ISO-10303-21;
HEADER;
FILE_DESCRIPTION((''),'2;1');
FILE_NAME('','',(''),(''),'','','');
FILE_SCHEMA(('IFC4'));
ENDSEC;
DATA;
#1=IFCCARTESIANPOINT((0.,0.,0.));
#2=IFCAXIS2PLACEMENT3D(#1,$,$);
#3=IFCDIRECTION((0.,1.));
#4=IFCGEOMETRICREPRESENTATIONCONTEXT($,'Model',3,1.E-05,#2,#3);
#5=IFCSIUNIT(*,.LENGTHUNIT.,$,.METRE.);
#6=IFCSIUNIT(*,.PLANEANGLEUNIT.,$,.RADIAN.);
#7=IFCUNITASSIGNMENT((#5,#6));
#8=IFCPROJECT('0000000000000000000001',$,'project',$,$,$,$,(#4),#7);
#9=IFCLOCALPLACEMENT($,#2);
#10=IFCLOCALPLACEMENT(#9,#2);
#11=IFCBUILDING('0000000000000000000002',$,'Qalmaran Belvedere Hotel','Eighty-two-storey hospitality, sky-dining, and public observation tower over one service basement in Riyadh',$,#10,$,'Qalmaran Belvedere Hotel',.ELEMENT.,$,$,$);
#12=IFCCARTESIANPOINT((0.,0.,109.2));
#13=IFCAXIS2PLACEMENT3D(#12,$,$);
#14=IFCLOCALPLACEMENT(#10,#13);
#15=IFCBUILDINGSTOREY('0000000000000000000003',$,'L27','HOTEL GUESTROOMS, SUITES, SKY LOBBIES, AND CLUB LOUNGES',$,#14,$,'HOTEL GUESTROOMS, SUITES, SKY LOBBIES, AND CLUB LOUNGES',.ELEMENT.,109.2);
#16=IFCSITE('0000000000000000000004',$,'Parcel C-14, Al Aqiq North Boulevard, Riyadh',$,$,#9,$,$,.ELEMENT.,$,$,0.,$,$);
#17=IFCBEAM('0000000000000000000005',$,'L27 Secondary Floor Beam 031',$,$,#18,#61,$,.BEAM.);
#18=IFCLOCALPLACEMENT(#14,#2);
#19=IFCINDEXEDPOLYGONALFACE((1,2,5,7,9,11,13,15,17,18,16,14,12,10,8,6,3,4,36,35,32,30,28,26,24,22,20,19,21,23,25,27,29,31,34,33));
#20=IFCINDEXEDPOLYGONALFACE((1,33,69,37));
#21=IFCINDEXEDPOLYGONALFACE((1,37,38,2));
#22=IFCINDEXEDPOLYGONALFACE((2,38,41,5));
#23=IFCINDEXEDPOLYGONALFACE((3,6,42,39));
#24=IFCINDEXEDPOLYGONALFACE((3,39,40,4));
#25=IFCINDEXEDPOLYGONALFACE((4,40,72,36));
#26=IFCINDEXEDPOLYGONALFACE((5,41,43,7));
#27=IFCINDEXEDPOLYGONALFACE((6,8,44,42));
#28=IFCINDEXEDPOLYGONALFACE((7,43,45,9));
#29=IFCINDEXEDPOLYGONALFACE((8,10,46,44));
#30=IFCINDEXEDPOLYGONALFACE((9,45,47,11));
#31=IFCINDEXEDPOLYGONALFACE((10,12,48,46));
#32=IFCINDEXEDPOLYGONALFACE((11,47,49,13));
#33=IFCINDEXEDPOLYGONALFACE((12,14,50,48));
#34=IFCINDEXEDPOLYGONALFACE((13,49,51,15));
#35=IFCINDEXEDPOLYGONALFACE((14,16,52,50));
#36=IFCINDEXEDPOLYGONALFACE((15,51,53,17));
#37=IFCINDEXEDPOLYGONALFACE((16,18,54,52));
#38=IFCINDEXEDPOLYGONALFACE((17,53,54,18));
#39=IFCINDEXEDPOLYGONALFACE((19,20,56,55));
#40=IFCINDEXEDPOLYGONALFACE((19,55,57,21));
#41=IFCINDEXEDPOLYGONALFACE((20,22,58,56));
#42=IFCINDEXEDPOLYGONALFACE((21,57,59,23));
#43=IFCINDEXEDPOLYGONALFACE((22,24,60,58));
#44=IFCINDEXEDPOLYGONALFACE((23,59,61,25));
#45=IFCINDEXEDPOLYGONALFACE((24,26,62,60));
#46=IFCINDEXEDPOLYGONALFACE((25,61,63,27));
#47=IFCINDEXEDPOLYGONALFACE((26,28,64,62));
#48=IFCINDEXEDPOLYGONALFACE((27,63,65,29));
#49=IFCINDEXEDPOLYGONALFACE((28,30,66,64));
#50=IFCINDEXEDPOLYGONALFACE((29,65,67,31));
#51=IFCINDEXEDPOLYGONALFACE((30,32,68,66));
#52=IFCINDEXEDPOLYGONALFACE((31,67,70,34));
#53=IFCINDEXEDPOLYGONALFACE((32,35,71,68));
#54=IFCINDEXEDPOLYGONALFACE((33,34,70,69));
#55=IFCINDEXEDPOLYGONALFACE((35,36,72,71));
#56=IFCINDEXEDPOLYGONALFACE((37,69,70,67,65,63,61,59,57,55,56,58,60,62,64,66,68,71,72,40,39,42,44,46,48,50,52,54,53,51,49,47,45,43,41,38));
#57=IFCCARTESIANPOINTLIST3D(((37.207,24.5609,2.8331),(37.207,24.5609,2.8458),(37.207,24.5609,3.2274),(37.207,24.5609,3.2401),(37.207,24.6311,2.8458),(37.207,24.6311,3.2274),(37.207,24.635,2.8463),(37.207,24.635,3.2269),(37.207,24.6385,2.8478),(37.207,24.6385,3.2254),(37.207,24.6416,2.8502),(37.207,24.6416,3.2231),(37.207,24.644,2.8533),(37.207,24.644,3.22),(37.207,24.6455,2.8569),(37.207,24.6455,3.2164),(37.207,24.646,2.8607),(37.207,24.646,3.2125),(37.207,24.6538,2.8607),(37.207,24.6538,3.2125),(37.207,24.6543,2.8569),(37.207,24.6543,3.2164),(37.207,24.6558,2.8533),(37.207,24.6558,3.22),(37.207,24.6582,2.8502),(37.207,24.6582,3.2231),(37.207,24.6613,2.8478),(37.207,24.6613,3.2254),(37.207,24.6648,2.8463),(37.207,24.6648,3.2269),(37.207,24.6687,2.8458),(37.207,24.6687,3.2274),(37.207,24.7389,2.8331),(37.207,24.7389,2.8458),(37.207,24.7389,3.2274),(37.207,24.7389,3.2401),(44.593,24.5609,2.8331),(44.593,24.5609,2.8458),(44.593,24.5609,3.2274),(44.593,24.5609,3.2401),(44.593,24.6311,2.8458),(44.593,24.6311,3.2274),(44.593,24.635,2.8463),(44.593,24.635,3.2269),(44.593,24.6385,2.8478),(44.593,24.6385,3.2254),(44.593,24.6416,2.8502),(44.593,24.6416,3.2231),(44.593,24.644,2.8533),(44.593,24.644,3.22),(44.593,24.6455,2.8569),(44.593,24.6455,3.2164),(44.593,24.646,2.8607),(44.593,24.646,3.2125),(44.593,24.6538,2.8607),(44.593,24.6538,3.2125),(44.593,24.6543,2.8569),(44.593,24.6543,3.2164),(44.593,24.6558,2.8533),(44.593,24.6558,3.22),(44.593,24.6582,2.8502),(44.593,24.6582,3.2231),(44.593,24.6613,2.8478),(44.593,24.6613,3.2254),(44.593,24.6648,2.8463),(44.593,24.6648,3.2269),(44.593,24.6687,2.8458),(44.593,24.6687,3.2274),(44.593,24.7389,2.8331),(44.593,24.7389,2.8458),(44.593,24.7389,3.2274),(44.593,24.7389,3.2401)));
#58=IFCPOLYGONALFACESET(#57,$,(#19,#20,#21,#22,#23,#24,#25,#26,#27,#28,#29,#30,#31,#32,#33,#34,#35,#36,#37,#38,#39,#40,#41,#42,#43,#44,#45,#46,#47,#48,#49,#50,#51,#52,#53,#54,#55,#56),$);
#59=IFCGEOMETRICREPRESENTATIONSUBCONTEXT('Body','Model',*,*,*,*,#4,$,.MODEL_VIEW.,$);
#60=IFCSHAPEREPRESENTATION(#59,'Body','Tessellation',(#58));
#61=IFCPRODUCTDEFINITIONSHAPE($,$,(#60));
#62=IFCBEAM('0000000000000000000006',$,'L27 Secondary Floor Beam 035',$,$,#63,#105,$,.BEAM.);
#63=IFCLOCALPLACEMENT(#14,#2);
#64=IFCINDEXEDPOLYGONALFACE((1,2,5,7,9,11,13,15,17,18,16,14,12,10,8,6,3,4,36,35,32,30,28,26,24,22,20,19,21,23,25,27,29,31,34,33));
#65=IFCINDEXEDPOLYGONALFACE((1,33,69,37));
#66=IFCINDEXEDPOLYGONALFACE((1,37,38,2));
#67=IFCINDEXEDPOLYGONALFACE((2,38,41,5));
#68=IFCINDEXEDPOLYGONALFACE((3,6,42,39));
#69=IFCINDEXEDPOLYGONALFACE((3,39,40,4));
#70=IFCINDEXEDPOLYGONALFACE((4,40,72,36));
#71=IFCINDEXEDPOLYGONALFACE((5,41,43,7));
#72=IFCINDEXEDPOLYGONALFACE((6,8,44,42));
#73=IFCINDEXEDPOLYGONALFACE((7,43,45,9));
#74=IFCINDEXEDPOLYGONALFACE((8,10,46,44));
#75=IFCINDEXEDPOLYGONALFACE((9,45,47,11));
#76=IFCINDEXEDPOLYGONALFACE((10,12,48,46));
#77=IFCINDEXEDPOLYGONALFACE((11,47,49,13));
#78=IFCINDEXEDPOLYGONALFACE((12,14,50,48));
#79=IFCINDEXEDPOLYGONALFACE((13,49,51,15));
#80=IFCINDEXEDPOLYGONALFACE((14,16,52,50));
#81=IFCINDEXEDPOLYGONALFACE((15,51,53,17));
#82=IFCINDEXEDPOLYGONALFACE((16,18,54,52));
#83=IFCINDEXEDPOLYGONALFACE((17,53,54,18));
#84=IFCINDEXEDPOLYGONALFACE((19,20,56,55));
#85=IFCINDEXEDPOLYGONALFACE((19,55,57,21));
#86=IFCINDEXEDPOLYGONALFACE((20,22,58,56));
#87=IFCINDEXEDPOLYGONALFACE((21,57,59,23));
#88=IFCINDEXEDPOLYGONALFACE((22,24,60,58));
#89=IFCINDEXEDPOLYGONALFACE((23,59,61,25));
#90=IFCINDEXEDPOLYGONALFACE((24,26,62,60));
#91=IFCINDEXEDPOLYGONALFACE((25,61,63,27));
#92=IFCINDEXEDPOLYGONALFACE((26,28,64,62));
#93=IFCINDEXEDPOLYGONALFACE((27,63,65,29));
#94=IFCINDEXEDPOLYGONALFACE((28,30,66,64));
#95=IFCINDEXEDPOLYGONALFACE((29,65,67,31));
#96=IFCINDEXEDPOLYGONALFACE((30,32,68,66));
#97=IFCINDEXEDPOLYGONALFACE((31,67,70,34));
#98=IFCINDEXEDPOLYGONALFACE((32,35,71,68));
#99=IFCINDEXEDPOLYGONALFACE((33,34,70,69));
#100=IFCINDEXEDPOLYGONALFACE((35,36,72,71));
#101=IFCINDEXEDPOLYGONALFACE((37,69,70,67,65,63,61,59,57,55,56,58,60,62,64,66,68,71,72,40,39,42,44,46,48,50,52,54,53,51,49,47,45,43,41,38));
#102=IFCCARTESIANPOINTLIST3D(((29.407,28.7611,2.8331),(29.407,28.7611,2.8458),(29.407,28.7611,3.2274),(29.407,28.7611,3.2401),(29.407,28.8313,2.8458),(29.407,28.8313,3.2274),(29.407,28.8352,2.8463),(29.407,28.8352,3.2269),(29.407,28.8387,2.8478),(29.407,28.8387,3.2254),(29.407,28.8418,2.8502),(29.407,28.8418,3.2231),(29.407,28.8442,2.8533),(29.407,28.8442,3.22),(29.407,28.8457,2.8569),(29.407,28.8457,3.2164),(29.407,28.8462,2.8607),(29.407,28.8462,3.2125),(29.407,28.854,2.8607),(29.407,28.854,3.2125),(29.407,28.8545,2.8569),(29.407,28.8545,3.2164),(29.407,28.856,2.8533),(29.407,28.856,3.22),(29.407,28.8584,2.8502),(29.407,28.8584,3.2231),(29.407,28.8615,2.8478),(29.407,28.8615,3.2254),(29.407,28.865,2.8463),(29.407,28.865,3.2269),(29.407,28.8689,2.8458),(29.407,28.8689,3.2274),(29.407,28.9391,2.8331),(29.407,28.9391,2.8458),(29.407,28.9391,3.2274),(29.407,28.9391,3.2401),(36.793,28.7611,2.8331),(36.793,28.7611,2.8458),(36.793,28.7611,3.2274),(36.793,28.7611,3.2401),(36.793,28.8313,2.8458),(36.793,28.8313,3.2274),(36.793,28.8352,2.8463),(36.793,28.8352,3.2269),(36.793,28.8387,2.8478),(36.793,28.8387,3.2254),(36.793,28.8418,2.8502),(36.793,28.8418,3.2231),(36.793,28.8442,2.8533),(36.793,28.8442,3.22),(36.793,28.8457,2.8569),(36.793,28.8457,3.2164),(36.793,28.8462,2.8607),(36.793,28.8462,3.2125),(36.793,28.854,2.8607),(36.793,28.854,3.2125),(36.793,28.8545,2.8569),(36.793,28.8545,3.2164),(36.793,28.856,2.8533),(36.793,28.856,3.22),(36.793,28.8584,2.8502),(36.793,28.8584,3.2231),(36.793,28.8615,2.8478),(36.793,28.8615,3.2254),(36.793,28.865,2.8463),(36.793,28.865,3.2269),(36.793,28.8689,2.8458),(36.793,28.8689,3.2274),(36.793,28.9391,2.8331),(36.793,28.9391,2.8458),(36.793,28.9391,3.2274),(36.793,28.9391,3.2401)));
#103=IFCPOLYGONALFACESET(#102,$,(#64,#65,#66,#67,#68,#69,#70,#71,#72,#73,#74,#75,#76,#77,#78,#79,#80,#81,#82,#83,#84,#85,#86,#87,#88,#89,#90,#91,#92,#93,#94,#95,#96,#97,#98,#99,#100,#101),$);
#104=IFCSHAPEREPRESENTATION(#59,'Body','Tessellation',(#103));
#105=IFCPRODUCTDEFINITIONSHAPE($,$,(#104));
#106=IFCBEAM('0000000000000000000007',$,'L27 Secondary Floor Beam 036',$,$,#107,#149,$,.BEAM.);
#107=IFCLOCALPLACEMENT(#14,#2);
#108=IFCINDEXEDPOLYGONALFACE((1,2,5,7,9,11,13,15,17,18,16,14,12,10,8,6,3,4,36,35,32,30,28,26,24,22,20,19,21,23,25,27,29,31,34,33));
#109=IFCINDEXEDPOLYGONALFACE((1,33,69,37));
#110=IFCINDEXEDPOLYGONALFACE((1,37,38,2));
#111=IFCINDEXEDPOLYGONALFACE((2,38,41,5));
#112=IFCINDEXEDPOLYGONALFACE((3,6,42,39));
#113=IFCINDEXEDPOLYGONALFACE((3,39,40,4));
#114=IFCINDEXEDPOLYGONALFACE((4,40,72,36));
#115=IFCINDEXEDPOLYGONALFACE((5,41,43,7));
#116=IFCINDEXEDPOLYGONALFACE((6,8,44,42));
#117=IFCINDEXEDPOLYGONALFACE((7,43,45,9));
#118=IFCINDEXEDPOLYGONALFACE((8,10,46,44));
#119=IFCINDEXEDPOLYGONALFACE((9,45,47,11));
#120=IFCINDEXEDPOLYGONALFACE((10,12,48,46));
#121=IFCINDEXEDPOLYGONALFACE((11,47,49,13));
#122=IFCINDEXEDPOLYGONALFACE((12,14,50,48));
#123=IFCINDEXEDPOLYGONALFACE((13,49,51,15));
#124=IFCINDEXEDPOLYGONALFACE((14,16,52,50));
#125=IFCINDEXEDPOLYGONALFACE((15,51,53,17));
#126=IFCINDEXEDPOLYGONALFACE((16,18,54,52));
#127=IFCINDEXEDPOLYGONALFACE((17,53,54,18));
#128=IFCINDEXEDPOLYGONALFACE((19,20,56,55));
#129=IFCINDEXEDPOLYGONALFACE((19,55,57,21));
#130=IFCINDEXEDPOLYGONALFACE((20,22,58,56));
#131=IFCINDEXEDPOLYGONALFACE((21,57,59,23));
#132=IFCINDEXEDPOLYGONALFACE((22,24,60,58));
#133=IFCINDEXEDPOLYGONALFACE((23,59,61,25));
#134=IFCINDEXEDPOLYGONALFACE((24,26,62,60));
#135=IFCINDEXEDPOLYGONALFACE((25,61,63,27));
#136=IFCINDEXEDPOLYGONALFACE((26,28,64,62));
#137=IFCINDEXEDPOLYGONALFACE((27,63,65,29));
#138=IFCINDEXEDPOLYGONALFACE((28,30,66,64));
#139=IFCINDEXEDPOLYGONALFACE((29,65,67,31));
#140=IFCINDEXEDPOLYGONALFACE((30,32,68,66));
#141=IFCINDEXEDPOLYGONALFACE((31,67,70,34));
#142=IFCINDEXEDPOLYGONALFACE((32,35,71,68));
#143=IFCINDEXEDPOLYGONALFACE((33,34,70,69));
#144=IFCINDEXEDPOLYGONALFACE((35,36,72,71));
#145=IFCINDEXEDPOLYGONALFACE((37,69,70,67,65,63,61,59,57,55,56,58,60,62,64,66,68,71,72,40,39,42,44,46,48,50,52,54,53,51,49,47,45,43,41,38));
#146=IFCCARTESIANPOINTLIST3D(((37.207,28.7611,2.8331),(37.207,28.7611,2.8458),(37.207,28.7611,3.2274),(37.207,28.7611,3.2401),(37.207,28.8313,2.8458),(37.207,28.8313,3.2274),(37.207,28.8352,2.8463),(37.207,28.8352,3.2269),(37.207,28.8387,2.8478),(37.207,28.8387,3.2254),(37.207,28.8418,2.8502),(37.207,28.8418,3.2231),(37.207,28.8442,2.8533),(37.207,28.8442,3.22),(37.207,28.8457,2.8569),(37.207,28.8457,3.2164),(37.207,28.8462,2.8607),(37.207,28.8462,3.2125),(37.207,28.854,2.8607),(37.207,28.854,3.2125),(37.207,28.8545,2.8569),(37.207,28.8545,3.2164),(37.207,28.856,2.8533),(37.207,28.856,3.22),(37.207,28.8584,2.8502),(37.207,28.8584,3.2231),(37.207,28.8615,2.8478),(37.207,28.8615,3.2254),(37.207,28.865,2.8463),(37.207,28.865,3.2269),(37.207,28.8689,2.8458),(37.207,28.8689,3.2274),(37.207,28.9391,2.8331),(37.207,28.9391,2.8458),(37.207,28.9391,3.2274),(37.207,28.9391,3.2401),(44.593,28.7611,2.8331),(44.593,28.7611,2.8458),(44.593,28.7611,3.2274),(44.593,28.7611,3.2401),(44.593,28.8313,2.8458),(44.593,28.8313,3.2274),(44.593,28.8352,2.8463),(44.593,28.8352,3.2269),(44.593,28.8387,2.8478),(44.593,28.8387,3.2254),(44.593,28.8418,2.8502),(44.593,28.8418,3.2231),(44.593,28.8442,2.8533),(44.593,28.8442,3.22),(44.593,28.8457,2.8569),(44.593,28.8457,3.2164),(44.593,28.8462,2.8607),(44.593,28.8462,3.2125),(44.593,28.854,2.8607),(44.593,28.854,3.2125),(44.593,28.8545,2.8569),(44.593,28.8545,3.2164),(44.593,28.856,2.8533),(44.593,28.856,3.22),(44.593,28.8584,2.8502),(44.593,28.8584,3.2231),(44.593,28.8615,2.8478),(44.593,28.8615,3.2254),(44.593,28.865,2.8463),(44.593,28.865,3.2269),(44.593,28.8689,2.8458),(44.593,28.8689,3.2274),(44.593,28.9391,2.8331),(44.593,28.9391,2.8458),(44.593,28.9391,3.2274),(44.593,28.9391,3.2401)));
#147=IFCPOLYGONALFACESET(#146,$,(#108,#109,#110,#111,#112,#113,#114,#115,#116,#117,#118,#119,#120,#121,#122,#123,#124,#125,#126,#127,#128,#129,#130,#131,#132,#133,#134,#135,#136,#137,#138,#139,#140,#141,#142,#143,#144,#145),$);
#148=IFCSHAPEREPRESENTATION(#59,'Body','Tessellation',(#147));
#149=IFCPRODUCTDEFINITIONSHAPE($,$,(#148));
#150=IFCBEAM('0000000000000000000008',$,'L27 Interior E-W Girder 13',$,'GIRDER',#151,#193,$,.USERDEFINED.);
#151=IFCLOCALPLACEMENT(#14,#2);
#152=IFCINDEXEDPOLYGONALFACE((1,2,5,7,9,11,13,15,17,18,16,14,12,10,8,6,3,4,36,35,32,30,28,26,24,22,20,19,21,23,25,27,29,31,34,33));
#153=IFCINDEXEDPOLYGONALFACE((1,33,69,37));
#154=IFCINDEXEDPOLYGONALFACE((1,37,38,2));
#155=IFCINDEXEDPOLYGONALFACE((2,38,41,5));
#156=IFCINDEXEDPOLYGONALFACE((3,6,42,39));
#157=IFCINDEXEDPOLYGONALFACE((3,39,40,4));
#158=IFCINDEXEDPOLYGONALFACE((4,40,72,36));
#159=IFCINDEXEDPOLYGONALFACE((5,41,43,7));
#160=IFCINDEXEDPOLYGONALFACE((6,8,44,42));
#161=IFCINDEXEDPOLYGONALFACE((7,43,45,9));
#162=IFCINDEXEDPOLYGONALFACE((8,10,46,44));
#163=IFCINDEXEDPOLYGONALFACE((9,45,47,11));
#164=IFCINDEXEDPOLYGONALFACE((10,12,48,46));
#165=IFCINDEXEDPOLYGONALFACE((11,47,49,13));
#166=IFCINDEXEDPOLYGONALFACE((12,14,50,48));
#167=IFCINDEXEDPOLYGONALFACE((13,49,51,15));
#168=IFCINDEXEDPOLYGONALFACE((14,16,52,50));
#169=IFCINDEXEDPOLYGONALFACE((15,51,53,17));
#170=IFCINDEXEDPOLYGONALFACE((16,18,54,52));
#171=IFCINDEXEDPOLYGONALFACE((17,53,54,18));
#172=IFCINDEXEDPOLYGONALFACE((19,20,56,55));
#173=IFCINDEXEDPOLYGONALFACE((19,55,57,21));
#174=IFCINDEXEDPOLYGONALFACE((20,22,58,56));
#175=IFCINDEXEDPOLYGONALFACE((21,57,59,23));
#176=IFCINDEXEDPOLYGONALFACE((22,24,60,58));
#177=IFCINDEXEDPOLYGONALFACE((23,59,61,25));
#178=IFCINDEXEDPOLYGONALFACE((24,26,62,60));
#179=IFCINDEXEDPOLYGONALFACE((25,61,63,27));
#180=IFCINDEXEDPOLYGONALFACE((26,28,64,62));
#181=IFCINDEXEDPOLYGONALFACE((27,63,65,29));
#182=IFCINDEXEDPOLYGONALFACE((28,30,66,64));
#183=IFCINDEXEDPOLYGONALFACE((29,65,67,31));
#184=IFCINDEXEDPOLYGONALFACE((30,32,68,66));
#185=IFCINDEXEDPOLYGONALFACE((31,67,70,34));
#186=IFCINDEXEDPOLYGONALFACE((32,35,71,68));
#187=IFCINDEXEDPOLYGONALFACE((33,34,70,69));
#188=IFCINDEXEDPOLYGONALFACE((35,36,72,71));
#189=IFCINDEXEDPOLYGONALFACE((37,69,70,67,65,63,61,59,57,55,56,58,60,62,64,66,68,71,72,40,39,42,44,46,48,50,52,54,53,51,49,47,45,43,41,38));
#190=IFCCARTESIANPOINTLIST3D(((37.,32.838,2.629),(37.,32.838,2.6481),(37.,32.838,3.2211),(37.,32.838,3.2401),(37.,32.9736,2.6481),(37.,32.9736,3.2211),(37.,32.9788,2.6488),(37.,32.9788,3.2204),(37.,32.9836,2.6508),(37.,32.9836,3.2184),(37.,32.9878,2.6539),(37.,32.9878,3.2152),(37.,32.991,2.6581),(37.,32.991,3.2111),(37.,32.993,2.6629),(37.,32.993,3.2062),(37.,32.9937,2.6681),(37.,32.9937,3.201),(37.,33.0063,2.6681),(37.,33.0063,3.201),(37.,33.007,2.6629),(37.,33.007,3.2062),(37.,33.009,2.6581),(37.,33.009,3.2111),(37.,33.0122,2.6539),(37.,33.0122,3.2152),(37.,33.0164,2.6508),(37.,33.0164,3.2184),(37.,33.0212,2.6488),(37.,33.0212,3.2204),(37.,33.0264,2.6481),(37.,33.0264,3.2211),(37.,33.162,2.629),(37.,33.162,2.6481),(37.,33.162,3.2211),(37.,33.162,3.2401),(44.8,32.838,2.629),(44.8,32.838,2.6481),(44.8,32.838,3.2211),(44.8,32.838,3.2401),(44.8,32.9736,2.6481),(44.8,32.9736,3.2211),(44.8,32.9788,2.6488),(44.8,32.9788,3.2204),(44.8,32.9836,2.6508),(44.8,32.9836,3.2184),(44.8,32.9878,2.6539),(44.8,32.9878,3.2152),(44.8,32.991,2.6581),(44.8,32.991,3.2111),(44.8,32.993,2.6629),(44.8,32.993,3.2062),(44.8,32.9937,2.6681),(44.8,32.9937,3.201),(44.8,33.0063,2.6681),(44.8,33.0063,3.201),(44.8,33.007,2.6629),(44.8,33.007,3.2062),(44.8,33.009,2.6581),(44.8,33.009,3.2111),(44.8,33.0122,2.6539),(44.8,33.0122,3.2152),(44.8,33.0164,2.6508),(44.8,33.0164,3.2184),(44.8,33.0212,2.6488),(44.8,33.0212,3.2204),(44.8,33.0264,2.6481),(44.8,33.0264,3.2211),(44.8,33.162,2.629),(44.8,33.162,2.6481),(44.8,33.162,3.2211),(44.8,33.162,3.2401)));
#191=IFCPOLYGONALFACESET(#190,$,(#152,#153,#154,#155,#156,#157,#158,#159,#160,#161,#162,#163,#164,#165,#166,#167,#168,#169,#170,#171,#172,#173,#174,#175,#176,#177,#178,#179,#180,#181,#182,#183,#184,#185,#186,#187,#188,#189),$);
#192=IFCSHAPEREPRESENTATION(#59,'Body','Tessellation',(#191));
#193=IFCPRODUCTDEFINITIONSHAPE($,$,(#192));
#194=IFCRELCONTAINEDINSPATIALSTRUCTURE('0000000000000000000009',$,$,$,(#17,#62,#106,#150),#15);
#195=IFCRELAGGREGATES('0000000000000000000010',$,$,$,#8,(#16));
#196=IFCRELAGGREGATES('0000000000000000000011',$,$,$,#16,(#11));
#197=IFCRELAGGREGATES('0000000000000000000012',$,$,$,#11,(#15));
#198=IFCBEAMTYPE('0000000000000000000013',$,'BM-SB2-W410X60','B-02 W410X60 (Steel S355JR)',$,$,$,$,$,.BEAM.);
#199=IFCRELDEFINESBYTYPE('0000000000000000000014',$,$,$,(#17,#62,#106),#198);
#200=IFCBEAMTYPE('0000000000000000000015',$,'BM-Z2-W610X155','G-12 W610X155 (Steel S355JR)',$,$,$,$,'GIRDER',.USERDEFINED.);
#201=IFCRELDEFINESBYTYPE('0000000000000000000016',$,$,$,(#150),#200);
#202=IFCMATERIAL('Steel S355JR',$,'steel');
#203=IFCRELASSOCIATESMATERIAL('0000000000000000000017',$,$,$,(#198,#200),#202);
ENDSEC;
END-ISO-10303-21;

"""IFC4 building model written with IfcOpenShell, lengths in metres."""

from ifc_helpers import new_model, si_unit, direction, frame, origin, origin_2d, place, context, subcontext, project, spatial, i_section, extrude, material, material_profile, profile_set, type_object, element, save


model = new_model("IFC4")

# Units and contexts
model_context = context("Model", 3, precision=1e-05, world=origin(), true_north=direction((0.0, 1.0)))
body_context = subcontext(model_context, "Body", "Model", "MODEL_VIEW")
ifc_project = project(units=[si_unit("LENGTHUNIT", "METRE"), si_unit("PLANEANGLEUNIT", "RADIAN")], contexts=[model_context])

# Site, building, storey
site_placement = place(None, origin())
site = spatial("IfcSite", under=ifc_project, at=site_placement, Name="Parcel C-14, Al Aqiq North Boulevard, Riyadh", CompositionType="ELEMENT", RefElevation=0.0)
building_placement = place(site_placement, origin())
building = spatial("IfcBuilding", under=site, at=building_placement, Name="Qalmaran Belvedere Hotel", Description="Eighty-two-storey hospitality, sky-dining, and public observation tower over one service basement in Riyadh", LongName="Qalmaran Belvedere Hotel", CompositionType="ELEMENT")
storey_placement = place(building_placement, frame((0.0, 0.0, 109.2)))
storey = spatial("IfcBuildingStorey", under=building, at=storey_placement, Name="L27", Description="HOTEL GUESTROOMS, SUITES, SKY LOBBIES, AND CLUB LOUNGES", LongName="HOTEL GUESTROOMS, SUITES, SKY LOBBIES, AND CLUB LOUNGES", CompositionType="ELEMENT", Elevation=109.2)

# Beams
ifc_material_1 = material(Name="Steel S355JR", Category="steel")
ifc_material_profile_1 = material_profile(ifc_material_1, i_section(OverallWidth=0.178, OverallDepth=0.407, WebThickness=0.0078, FlangeThickness=0.0127, FilletRadius=0.0149, at=origin_2d()), Name="W410X60")
ifc_profile_set_1 = profile_set([ifc_material_profile_1], Name="Steel S355JR")
beam_type_1 = type_object("IfcBeamType", Name="BM-SB2-W410X60", Description="B-02 W410X60 (Steel S355JR)", PredefinedType="BEAM", material=ifc_profile_set_1)
for number, where, z_axis, x_axis, name in (
    (1, (37.207, 24.6499, 3.0366), (1.0, 0.0, 0.0), (0.0, 1.0, 0.0), "L27 Secondary Floor Beam 031"),
    (2, (29.407, 28.8501, 3.0366), (1.0, 0.0, 0.0), (0.0, 1.0, 0.0), "L27 Secondary Floor Beam 035"),
    (3, (37.207, 28.8501, 3.0366), (1.0, 0.0, 0.0), (0.0, 1.0, 0.0), "L27 Secondary Floor Beam 036"),
):
    element("IfcBeam", number, at=place(storey_placement, frame(where, z_axis=z_axis, x_axis=x_axis)), inside=storey, type_object=beam_type_1, Name=name, PredefinedType="BEAM", context=body_context, shape_type="SweptSolid", body=[
        extrude(i_section(OverallWidth=0.178, OverallDepth=0.407, WebThickness=0.0078, FlangeThickness=0.0127, FilletRadius=0.0149, at=origin_2d()), origin(), (0.0, 0.0, 1.0), 7.386),
    ])
ifc_material_profile_2 = material_profile(ifc_material_1, i_section(OverallWidth=0.324, OverallDepth=0.6111, WebThickness=0.0127, FlangeThickness=0.019, FilletRadius=0.02, at=origin_2d()), Name="W610X155")
ifc_profile_set_2 = profile_set([ifc_material_profile_2], Name="Steel S355JR")
beam_type_2 = type_object("IfcBeamType", Name="BM-Z2-W610X155", Description="G-12 W610X155 (Steel S355JR)", ElementType="GIRDER", PredefinedType="USERDEFINED", material=ifc_profile_set_2)
beam_1_placement = place(storey_placement, frame((37.0, 33.0, 2.9346), z_axis=(1.0, 0.0, 0.0), x_axis=(0.0, 1.0, 0.0)))
element("IfcBeam", 4, at=beam_1_placement, inside=storey, type_object=beam_type_2, Name="L27 Interior E-W Girder 13", ObjectType="GIRDER", PredefinedType="USERDEFINED", context=body_context, shape_type="SweptSolid", body=[
    extrude(i_section(OverallWidth=0.324, OverallDepth=0.6111, WebThickness=0.0127, FlangeThickness=0.019, FilletRadius=0.02, at=origin_2d()), origin(), (0.0, 0.0, 1.0), 7.8),
])

save(model, "model.ifc")
